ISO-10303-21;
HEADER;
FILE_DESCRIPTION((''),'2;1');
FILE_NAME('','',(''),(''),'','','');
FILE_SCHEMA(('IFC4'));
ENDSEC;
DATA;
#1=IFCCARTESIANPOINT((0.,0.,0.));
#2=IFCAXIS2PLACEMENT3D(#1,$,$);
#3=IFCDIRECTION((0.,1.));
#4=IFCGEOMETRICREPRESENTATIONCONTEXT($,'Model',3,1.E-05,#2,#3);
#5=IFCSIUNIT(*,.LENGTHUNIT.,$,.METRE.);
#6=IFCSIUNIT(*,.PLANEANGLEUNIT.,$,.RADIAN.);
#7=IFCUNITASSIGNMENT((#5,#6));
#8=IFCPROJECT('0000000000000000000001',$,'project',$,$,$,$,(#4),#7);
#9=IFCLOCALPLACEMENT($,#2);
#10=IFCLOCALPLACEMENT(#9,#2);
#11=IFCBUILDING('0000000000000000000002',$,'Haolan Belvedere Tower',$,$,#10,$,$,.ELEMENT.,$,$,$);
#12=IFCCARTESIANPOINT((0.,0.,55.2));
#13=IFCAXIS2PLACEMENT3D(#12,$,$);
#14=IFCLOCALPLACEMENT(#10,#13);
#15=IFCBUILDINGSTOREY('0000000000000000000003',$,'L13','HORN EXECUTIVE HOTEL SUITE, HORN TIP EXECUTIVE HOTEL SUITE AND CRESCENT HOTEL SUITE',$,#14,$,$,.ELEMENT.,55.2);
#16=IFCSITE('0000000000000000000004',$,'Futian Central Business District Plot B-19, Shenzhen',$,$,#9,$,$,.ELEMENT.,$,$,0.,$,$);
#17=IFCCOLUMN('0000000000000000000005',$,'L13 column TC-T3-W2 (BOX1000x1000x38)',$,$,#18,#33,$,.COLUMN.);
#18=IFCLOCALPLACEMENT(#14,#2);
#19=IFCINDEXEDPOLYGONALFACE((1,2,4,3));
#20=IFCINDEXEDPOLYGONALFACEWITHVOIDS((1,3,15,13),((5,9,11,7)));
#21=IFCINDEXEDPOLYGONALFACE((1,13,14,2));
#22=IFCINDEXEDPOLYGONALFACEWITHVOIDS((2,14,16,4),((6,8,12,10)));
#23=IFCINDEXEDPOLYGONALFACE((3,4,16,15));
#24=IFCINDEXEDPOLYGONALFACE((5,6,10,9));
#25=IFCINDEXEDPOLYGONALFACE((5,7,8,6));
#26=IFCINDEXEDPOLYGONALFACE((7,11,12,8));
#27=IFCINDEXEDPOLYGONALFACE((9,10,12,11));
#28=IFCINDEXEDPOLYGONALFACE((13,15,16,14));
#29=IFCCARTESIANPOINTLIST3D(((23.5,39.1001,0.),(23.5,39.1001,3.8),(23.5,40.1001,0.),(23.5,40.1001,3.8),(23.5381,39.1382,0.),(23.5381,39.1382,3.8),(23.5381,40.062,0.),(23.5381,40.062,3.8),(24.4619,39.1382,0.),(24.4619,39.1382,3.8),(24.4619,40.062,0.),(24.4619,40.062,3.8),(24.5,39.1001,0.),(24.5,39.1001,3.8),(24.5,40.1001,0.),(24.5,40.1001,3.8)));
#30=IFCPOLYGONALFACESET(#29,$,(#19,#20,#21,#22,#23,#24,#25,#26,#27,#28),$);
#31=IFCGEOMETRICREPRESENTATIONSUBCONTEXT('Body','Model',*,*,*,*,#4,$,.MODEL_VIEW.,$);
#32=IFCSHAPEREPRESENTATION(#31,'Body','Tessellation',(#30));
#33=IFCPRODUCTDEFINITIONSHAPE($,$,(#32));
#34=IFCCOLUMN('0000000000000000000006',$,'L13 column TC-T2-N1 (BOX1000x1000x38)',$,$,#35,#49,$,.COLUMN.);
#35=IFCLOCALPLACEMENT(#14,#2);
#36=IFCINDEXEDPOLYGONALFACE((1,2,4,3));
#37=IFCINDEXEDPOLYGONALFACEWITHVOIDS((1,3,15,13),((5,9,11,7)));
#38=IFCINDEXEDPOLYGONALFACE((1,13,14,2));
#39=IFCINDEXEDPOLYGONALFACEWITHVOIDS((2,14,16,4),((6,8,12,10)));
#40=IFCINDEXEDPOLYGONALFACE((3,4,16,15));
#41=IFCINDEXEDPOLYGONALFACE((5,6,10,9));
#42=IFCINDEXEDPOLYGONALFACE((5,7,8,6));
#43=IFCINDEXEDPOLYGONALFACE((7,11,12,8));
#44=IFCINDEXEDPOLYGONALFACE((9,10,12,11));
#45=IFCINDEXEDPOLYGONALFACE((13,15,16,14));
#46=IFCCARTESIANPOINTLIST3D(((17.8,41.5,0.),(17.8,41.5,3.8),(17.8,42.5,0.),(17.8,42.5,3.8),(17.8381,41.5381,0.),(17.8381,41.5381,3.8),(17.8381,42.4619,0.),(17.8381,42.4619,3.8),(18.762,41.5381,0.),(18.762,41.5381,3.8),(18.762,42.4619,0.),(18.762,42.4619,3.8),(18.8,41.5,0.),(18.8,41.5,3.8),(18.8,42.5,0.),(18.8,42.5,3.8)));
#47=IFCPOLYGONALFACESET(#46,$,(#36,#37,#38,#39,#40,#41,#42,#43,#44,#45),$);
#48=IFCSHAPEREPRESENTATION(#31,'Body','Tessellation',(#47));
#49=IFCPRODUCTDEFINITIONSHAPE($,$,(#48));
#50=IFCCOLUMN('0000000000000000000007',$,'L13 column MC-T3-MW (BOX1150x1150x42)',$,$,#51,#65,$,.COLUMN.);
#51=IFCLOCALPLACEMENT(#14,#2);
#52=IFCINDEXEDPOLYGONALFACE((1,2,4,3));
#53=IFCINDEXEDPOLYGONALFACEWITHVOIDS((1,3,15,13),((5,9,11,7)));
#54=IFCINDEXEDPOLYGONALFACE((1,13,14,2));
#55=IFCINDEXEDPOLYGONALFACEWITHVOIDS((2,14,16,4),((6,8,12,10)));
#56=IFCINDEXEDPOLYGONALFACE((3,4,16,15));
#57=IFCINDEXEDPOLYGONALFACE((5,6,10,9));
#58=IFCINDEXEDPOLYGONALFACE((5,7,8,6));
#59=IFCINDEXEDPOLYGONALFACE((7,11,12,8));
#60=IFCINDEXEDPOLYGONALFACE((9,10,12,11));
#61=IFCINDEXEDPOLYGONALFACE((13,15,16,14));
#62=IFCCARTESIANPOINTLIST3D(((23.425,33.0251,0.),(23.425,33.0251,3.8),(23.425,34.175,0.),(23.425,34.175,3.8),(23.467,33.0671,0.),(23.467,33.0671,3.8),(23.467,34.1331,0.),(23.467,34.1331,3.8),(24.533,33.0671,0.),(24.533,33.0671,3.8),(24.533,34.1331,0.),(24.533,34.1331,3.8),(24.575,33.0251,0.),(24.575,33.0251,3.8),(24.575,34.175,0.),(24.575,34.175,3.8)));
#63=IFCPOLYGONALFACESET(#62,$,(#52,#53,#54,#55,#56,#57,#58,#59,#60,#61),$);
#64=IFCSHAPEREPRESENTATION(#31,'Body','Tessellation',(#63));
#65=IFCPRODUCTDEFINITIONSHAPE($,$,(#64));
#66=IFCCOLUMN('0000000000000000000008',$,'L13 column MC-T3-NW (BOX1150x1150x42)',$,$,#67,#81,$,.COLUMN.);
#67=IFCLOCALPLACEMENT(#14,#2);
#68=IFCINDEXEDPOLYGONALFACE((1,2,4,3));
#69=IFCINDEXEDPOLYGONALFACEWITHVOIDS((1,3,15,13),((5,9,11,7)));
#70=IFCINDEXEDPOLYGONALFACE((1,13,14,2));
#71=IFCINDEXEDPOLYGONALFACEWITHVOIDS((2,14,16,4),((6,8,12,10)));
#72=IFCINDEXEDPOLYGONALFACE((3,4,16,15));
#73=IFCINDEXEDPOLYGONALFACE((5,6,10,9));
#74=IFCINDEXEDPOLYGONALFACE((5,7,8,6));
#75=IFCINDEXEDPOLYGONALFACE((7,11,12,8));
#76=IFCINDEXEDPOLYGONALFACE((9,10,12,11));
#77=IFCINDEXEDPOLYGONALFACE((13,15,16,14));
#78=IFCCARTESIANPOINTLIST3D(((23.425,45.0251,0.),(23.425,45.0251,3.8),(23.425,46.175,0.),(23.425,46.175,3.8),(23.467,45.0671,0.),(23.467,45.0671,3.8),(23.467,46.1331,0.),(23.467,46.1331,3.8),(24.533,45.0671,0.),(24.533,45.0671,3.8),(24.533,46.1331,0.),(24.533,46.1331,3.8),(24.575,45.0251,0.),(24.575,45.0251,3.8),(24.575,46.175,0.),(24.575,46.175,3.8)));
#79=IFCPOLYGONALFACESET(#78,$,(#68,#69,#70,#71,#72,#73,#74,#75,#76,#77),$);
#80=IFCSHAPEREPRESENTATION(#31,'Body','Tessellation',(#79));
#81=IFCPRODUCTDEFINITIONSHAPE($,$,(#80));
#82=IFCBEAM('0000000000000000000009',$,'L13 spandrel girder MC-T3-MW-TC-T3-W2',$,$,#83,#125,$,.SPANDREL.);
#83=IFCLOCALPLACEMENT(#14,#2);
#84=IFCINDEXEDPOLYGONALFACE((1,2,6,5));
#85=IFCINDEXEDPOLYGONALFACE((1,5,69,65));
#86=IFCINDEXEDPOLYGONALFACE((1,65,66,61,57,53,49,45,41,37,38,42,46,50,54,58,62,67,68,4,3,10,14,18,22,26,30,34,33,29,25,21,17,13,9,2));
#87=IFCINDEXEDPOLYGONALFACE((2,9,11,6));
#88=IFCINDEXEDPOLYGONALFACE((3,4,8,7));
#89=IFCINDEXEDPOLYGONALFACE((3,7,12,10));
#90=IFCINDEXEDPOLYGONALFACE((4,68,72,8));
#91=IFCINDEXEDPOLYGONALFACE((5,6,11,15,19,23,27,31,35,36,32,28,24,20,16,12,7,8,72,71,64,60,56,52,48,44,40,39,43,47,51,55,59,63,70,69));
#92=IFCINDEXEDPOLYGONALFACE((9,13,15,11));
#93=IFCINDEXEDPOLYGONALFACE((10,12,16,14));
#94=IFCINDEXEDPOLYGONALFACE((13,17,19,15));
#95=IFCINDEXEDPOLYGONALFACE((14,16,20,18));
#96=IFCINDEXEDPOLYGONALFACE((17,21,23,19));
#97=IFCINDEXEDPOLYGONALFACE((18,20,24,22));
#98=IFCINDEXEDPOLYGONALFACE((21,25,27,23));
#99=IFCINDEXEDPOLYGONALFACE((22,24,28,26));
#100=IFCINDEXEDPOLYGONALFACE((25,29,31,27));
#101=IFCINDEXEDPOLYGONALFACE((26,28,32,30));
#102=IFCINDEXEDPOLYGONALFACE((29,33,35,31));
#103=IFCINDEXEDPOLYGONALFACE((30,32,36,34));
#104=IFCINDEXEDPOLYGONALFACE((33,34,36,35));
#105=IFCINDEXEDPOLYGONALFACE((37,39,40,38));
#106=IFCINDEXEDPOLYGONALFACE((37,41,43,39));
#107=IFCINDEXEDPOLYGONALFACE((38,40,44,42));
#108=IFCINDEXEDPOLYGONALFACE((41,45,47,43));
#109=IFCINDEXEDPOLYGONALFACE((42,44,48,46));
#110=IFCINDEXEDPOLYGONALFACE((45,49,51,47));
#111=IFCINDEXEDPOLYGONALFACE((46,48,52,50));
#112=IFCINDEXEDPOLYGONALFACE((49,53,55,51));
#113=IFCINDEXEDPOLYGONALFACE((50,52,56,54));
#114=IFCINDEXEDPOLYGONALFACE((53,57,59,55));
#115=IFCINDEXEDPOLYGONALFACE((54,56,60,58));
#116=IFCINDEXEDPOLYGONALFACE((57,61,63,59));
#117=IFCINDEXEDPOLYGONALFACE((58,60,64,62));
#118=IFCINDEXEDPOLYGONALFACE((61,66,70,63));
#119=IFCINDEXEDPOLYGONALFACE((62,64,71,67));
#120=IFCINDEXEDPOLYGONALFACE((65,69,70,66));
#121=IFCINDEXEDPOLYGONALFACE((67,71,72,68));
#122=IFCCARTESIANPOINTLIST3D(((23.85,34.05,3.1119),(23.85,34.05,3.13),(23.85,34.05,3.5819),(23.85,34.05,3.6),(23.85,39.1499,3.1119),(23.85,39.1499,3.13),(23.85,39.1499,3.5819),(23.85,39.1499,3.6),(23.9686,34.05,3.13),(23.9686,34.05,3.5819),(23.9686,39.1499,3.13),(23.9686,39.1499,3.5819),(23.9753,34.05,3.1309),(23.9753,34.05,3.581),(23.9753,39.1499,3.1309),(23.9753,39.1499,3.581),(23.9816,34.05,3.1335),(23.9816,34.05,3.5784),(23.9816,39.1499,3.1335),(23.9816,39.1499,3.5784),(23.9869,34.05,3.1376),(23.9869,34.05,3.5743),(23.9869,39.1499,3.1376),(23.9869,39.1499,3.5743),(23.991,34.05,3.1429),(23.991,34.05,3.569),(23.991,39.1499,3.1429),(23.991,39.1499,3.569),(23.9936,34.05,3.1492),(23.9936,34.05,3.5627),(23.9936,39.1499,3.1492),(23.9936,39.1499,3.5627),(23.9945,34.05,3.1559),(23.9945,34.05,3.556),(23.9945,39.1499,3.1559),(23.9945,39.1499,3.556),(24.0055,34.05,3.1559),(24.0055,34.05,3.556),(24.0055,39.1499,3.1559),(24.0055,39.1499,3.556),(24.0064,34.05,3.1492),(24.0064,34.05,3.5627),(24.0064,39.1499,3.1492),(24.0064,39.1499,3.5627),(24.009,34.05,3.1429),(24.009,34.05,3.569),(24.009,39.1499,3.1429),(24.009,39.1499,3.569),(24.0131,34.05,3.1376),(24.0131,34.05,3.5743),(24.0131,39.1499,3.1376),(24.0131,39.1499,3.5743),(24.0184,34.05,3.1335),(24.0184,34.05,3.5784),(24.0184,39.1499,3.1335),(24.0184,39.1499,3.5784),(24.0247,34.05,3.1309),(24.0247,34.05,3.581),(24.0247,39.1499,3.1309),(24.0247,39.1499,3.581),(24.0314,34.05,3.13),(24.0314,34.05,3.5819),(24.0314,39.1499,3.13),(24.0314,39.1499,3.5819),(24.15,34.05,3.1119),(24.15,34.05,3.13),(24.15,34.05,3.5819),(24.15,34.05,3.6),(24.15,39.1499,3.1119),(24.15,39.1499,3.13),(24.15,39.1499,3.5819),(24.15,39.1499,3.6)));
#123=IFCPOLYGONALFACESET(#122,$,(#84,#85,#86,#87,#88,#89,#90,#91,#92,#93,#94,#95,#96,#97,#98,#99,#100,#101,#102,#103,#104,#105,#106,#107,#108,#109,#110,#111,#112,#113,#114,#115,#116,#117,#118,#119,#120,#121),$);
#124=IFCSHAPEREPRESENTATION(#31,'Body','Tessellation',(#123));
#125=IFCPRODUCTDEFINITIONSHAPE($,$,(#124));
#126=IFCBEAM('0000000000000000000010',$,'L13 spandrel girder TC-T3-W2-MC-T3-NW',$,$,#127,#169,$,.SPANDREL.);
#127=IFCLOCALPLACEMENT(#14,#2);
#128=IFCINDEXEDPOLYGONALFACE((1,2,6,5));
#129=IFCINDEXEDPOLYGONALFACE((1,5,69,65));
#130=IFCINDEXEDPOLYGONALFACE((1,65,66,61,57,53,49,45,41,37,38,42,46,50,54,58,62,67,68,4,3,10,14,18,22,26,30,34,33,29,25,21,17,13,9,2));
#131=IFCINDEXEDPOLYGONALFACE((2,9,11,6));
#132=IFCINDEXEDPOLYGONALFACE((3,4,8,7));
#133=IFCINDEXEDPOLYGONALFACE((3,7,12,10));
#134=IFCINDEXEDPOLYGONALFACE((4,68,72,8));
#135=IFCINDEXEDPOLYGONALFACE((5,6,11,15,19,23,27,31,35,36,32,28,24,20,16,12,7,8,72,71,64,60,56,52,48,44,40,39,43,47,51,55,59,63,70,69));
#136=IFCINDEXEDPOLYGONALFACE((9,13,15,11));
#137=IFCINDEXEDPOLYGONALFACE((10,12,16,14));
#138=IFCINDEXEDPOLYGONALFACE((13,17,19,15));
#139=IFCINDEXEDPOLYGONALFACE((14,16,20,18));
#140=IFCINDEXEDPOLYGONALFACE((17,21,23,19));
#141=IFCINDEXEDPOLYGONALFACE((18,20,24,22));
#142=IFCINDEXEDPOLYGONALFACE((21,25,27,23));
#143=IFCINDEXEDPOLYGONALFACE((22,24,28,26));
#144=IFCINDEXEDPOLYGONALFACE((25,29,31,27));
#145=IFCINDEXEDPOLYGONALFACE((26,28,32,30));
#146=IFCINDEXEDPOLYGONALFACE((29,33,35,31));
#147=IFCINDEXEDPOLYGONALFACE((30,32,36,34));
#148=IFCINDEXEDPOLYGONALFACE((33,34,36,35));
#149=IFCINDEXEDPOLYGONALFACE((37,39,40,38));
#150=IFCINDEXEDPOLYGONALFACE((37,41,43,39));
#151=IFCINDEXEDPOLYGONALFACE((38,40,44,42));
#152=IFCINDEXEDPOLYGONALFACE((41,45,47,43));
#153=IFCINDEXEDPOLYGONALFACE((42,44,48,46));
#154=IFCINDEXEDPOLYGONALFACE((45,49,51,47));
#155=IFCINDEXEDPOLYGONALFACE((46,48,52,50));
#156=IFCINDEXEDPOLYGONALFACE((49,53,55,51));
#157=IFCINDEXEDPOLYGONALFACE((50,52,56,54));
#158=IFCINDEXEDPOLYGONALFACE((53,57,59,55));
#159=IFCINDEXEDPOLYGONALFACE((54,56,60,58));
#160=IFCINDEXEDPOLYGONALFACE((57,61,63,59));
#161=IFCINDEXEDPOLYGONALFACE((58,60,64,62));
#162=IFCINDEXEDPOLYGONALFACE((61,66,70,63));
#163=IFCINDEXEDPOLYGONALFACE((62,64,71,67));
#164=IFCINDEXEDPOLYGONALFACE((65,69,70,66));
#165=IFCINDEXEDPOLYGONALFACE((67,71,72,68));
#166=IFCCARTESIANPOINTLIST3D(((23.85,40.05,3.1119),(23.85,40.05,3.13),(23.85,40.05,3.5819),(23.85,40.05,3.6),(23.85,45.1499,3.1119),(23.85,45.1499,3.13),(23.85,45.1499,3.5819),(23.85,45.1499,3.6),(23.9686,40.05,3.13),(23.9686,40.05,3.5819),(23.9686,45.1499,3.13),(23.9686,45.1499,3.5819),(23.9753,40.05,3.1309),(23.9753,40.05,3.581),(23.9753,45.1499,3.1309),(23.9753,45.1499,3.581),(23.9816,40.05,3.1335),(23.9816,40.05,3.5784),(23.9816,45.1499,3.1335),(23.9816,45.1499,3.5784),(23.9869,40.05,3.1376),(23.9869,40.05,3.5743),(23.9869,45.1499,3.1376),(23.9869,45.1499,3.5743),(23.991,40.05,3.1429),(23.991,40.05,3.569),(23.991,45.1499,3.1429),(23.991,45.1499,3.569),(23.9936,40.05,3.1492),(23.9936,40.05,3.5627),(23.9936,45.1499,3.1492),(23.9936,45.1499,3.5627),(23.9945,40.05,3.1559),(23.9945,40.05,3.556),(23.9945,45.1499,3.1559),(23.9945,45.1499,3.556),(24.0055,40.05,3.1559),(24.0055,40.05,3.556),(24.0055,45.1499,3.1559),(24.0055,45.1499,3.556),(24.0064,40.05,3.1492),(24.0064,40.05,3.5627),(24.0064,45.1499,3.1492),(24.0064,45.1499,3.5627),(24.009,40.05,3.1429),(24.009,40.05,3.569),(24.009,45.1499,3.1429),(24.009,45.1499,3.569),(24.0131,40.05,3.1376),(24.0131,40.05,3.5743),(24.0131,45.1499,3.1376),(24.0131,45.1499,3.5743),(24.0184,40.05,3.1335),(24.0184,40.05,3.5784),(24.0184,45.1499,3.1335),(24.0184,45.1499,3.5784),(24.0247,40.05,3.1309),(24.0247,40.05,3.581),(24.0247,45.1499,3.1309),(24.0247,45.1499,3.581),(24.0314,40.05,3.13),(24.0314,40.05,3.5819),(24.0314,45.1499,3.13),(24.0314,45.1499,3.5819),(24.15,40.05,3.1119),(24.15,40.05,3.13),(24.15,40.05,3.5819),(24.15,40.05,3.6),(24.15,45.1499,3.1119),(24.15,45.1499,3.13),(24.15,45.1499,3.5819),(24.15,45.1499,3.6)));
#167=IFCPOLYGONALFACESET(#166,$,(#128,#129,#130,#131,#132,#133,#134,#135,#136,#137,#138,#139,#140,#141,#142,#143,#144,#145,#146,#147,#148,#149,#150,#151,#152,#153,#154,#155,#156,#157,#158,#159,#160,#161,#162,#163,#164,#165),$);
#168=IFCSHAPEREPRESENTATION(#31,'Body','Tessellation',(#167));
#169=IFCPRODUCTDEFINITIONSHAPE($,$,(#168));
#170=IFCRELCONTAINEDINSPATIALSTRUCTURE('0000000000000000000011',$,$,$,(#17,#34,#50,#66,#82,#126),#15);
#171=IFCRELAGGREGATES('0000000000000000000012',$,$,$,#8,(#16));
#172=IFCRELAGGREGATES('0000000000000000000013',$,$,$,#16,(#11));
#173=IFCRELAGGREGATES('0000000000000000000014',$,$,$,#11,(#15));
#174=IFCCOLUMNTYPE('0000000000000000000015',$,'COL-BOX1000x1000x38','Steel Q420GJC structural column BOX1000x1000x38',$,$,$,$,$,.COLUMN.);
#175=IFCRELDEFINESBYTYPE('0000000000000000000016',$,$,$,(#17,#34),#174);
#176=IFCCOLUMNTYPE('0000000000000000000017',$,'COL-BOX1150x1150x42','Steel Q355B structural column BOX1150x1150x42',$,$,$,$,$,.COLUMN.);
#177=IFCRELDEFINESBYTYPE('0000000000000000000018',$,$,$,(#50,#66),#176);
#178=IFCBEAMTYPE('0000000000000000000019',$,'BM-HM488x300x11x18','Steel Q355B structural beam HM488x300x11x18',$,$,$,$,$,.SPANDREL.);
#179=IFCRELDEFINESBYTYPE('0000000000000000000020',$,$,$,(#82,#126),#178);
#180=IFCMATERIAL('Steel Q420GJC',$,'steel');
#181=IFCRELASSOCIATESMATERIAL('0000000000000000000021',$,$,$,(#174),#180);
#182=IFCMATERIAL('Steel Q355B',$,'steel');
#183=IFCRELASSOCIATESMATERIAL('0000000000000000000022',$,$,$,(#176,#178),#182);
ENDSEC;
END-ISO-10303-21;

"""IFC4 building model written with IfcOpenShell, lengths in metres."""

from ifc_helpers import new_model, si_unit, direction, frame, origin, origin_2d, place, context, subcontext, project, spatial, hollow_rectangle, i_section, extrude, material, material_profile, profile_set, type_object, element, save


model = new_model("IFC4")

# Units and contexts
model_context = context("Model", 3, precision=1e-05, world=origin(), true_north=direction((0.0, 1.0)))
body_context = subcontext(model_context, "Body", "Model", "MODEL_VIEW")
ifc_project = project(units=[si_unit("LENGTHUNIT", "METRE"), si_unit("PLANEANGLEUNIT", "RADIAN")], contexts=[model_context])

# Site, building, storey
site_placement = place(None, origin())
site = spatial("IfcSite", under=ifc_project, at=site_placement, Name="Futian Central Business District Plot B-19, Shenzhen", CompositionType="ELEMENT", RefElevation=0.0)
building_placement = place(site_placement, origin())
building = spatial("IfcBuilding", under=site, at=building_placement, Name="Haolan Belvedere Tower", CompositionType="ELEMENT")
storey_placement = place(building_placement, frame((0.0, 0.0, 55.2)))
storey = spatial("IfcBuildingStorey", under=building, at=storey_placement, Name="L13", Description="HORN EXECUTIVE HOTEL SUITE, HORN TIP EXECUTIVE HOTEL SUITE AND CRESCENT HOTEL SUITE", CompositionType="ELEMENT", Elevation=55.2)

# Columns
ifc_material_1 = material(Name="Steel Q420GJC", Category="steel")
ifc_material_profile_1 = material_profile(ifc_material_1, hollow_rectangle(XDim=1.0, YDim=1.0, WallThickness=0.0381, at=origin_2d()), Name="Steel Q420GJC")
ifc_profile_set_1 = profile_set([ifc_material_profile_1], Name="Steel Q420GJC")
column_type_1 = type_object("IfcColumnType", Name="COL-BOX1000x1000x38", Description="Steel Q420GJC structural column BOX1000x1000x38", PredefinedType="COLUMN", material=ifc_profile_set_1)
for number, where, z_axis, x_axis, name in (
    (1, (24.0, 39.6001, 0.0), (0.0, 0.0, 1.0), (1.0, 0.0, 0.0), "L13 column TC-T3-W2 (BOX1000x1000x38)"),
    (2, (18.3, 42.0, 0.0), (0.0, 0.0, 1.0), (1.0, 0.0, 0.0), "L13 column TC-T2-N1 (BOX1000x1000x38)"),
):
    element("IfcColumn", number, at=place(storey_placement, frame(where, z_axis=z_axis, x_axis=x_axis)), inside=storey, type_object=column_type_1, Name=name, PredefinedType="COLUMN", context=body_context, shape_type="SweptSolid", body=[
        extrude(hollow_rectangle(XDim=1.0, YDim=1.0, WallThickness=0.0381, at=origin_2d()), origin(), (0.0, 0.0, 1.0), 3.8),
    ])
ifc_material_2 = material(Name="Steel Q355B", Category="steel")
ifc_material_profile_2 = material_profile(ifc_material_2, hollow_rectangle(XDim=1.1499, YDim=1.1499, WallThickness=0.042, at=origin_2d()), Name="Steel Q355B")
ifc_profile_set_2 = profile_set([ifc_material_profile_2], Name="Steel Q355B")
column_type_2 = type_object("IfcColumnType", Name="COL-BOX1150x1150x42", Description="Steel Q355B structural column BOX1150x1150x42", PredefinedType="COLUMN", material=ifc_profile_set_2)
for number, where, z_axis, x_axis, name in (
    (3, (24.0, 33.6001, 0.0), (0.0, 0.0, 1.0), (1.0, 0.0, 0.0), "L13 column MC-T3-MW (BOX1150x1150x42)"),
    (4, (24.0, 45.6001, 0.0), (0.0, 0.0, 1.0), (1.0, 0.0, 0.0), "L13 column MC-T3-NW (BOX1150x1150x42)"),
):
    element("IfcColumn", number, at=place(storey_placement, frame(where, z_axis=z_axis, x_axis=x_axis)), inside=storey, type_object=column_type_2, Name=name, PredefinedType="COLUMN", context=body_context, shape_type="SweptSolid", body=[
        extrude(hollow_rectangle(XDim=1.1499, YDim=1.1499, WallThickness=0.042, at=origin_2d()), origin(), (0.0, 0.0, 1.0), 3.8),
    ])

# Beams
ifc_material_profile_3 = material_profile(ifc_material_2, i_section(OverallWidth=0.3, OverallDepth=0.488, WebThickness=0.011, FlangeThickness=0.0181, FilletRadius=0.0259, at=origin_2d()), Name="Steel Q355B")
ifc_profile_set_3 = profile_set([ifc_material_profile_3], Name="Steel Q355B")
beam_type_1 = type_object("IfcBeamType", Name="BM-HM488x300x11x18", Description="Steel Q355B structural beam HM488x300x11x18", PredefinedType="SPANDREL", material=ifc_profile_set_3)
for number, where, z_axis, x_axis, name in (
    (5, (24.0, 34.05, 3.356), (0.0, 1.0, 0.0), (-1.0, 0.0, 0.0), "L13 spandrel girder MC-T3-MW-TC-T3-W2"),
    (6, (24.0, 40.05, 3.356), (0.0, 1.0, 0.0), (-1.0, 0.0, 0.0), "L13 spandrel girder TC-T3-W2-MC-T3-NW"),
):
    element("IfcBeam", number, at=place(storey_placement, frame(where, z_axis=z_axis, x_axis=x_axis)), inside=storey, type_object=beam_type_1, Name=name, PredefinedType="SPANDREL", context=body_context, shape_type="SweptSolid", body=[
        extrude(i_section(OverallWidth=0.3, OverallDepth=0.488, WebThickness=0.011, FlangeThickness=0.0181, FilletRadius=0.0259, at=origin_2d()), origin(), (0.0, 0.0, 1.0), 5.0999),
    ])

save(model, "model.ifc")
